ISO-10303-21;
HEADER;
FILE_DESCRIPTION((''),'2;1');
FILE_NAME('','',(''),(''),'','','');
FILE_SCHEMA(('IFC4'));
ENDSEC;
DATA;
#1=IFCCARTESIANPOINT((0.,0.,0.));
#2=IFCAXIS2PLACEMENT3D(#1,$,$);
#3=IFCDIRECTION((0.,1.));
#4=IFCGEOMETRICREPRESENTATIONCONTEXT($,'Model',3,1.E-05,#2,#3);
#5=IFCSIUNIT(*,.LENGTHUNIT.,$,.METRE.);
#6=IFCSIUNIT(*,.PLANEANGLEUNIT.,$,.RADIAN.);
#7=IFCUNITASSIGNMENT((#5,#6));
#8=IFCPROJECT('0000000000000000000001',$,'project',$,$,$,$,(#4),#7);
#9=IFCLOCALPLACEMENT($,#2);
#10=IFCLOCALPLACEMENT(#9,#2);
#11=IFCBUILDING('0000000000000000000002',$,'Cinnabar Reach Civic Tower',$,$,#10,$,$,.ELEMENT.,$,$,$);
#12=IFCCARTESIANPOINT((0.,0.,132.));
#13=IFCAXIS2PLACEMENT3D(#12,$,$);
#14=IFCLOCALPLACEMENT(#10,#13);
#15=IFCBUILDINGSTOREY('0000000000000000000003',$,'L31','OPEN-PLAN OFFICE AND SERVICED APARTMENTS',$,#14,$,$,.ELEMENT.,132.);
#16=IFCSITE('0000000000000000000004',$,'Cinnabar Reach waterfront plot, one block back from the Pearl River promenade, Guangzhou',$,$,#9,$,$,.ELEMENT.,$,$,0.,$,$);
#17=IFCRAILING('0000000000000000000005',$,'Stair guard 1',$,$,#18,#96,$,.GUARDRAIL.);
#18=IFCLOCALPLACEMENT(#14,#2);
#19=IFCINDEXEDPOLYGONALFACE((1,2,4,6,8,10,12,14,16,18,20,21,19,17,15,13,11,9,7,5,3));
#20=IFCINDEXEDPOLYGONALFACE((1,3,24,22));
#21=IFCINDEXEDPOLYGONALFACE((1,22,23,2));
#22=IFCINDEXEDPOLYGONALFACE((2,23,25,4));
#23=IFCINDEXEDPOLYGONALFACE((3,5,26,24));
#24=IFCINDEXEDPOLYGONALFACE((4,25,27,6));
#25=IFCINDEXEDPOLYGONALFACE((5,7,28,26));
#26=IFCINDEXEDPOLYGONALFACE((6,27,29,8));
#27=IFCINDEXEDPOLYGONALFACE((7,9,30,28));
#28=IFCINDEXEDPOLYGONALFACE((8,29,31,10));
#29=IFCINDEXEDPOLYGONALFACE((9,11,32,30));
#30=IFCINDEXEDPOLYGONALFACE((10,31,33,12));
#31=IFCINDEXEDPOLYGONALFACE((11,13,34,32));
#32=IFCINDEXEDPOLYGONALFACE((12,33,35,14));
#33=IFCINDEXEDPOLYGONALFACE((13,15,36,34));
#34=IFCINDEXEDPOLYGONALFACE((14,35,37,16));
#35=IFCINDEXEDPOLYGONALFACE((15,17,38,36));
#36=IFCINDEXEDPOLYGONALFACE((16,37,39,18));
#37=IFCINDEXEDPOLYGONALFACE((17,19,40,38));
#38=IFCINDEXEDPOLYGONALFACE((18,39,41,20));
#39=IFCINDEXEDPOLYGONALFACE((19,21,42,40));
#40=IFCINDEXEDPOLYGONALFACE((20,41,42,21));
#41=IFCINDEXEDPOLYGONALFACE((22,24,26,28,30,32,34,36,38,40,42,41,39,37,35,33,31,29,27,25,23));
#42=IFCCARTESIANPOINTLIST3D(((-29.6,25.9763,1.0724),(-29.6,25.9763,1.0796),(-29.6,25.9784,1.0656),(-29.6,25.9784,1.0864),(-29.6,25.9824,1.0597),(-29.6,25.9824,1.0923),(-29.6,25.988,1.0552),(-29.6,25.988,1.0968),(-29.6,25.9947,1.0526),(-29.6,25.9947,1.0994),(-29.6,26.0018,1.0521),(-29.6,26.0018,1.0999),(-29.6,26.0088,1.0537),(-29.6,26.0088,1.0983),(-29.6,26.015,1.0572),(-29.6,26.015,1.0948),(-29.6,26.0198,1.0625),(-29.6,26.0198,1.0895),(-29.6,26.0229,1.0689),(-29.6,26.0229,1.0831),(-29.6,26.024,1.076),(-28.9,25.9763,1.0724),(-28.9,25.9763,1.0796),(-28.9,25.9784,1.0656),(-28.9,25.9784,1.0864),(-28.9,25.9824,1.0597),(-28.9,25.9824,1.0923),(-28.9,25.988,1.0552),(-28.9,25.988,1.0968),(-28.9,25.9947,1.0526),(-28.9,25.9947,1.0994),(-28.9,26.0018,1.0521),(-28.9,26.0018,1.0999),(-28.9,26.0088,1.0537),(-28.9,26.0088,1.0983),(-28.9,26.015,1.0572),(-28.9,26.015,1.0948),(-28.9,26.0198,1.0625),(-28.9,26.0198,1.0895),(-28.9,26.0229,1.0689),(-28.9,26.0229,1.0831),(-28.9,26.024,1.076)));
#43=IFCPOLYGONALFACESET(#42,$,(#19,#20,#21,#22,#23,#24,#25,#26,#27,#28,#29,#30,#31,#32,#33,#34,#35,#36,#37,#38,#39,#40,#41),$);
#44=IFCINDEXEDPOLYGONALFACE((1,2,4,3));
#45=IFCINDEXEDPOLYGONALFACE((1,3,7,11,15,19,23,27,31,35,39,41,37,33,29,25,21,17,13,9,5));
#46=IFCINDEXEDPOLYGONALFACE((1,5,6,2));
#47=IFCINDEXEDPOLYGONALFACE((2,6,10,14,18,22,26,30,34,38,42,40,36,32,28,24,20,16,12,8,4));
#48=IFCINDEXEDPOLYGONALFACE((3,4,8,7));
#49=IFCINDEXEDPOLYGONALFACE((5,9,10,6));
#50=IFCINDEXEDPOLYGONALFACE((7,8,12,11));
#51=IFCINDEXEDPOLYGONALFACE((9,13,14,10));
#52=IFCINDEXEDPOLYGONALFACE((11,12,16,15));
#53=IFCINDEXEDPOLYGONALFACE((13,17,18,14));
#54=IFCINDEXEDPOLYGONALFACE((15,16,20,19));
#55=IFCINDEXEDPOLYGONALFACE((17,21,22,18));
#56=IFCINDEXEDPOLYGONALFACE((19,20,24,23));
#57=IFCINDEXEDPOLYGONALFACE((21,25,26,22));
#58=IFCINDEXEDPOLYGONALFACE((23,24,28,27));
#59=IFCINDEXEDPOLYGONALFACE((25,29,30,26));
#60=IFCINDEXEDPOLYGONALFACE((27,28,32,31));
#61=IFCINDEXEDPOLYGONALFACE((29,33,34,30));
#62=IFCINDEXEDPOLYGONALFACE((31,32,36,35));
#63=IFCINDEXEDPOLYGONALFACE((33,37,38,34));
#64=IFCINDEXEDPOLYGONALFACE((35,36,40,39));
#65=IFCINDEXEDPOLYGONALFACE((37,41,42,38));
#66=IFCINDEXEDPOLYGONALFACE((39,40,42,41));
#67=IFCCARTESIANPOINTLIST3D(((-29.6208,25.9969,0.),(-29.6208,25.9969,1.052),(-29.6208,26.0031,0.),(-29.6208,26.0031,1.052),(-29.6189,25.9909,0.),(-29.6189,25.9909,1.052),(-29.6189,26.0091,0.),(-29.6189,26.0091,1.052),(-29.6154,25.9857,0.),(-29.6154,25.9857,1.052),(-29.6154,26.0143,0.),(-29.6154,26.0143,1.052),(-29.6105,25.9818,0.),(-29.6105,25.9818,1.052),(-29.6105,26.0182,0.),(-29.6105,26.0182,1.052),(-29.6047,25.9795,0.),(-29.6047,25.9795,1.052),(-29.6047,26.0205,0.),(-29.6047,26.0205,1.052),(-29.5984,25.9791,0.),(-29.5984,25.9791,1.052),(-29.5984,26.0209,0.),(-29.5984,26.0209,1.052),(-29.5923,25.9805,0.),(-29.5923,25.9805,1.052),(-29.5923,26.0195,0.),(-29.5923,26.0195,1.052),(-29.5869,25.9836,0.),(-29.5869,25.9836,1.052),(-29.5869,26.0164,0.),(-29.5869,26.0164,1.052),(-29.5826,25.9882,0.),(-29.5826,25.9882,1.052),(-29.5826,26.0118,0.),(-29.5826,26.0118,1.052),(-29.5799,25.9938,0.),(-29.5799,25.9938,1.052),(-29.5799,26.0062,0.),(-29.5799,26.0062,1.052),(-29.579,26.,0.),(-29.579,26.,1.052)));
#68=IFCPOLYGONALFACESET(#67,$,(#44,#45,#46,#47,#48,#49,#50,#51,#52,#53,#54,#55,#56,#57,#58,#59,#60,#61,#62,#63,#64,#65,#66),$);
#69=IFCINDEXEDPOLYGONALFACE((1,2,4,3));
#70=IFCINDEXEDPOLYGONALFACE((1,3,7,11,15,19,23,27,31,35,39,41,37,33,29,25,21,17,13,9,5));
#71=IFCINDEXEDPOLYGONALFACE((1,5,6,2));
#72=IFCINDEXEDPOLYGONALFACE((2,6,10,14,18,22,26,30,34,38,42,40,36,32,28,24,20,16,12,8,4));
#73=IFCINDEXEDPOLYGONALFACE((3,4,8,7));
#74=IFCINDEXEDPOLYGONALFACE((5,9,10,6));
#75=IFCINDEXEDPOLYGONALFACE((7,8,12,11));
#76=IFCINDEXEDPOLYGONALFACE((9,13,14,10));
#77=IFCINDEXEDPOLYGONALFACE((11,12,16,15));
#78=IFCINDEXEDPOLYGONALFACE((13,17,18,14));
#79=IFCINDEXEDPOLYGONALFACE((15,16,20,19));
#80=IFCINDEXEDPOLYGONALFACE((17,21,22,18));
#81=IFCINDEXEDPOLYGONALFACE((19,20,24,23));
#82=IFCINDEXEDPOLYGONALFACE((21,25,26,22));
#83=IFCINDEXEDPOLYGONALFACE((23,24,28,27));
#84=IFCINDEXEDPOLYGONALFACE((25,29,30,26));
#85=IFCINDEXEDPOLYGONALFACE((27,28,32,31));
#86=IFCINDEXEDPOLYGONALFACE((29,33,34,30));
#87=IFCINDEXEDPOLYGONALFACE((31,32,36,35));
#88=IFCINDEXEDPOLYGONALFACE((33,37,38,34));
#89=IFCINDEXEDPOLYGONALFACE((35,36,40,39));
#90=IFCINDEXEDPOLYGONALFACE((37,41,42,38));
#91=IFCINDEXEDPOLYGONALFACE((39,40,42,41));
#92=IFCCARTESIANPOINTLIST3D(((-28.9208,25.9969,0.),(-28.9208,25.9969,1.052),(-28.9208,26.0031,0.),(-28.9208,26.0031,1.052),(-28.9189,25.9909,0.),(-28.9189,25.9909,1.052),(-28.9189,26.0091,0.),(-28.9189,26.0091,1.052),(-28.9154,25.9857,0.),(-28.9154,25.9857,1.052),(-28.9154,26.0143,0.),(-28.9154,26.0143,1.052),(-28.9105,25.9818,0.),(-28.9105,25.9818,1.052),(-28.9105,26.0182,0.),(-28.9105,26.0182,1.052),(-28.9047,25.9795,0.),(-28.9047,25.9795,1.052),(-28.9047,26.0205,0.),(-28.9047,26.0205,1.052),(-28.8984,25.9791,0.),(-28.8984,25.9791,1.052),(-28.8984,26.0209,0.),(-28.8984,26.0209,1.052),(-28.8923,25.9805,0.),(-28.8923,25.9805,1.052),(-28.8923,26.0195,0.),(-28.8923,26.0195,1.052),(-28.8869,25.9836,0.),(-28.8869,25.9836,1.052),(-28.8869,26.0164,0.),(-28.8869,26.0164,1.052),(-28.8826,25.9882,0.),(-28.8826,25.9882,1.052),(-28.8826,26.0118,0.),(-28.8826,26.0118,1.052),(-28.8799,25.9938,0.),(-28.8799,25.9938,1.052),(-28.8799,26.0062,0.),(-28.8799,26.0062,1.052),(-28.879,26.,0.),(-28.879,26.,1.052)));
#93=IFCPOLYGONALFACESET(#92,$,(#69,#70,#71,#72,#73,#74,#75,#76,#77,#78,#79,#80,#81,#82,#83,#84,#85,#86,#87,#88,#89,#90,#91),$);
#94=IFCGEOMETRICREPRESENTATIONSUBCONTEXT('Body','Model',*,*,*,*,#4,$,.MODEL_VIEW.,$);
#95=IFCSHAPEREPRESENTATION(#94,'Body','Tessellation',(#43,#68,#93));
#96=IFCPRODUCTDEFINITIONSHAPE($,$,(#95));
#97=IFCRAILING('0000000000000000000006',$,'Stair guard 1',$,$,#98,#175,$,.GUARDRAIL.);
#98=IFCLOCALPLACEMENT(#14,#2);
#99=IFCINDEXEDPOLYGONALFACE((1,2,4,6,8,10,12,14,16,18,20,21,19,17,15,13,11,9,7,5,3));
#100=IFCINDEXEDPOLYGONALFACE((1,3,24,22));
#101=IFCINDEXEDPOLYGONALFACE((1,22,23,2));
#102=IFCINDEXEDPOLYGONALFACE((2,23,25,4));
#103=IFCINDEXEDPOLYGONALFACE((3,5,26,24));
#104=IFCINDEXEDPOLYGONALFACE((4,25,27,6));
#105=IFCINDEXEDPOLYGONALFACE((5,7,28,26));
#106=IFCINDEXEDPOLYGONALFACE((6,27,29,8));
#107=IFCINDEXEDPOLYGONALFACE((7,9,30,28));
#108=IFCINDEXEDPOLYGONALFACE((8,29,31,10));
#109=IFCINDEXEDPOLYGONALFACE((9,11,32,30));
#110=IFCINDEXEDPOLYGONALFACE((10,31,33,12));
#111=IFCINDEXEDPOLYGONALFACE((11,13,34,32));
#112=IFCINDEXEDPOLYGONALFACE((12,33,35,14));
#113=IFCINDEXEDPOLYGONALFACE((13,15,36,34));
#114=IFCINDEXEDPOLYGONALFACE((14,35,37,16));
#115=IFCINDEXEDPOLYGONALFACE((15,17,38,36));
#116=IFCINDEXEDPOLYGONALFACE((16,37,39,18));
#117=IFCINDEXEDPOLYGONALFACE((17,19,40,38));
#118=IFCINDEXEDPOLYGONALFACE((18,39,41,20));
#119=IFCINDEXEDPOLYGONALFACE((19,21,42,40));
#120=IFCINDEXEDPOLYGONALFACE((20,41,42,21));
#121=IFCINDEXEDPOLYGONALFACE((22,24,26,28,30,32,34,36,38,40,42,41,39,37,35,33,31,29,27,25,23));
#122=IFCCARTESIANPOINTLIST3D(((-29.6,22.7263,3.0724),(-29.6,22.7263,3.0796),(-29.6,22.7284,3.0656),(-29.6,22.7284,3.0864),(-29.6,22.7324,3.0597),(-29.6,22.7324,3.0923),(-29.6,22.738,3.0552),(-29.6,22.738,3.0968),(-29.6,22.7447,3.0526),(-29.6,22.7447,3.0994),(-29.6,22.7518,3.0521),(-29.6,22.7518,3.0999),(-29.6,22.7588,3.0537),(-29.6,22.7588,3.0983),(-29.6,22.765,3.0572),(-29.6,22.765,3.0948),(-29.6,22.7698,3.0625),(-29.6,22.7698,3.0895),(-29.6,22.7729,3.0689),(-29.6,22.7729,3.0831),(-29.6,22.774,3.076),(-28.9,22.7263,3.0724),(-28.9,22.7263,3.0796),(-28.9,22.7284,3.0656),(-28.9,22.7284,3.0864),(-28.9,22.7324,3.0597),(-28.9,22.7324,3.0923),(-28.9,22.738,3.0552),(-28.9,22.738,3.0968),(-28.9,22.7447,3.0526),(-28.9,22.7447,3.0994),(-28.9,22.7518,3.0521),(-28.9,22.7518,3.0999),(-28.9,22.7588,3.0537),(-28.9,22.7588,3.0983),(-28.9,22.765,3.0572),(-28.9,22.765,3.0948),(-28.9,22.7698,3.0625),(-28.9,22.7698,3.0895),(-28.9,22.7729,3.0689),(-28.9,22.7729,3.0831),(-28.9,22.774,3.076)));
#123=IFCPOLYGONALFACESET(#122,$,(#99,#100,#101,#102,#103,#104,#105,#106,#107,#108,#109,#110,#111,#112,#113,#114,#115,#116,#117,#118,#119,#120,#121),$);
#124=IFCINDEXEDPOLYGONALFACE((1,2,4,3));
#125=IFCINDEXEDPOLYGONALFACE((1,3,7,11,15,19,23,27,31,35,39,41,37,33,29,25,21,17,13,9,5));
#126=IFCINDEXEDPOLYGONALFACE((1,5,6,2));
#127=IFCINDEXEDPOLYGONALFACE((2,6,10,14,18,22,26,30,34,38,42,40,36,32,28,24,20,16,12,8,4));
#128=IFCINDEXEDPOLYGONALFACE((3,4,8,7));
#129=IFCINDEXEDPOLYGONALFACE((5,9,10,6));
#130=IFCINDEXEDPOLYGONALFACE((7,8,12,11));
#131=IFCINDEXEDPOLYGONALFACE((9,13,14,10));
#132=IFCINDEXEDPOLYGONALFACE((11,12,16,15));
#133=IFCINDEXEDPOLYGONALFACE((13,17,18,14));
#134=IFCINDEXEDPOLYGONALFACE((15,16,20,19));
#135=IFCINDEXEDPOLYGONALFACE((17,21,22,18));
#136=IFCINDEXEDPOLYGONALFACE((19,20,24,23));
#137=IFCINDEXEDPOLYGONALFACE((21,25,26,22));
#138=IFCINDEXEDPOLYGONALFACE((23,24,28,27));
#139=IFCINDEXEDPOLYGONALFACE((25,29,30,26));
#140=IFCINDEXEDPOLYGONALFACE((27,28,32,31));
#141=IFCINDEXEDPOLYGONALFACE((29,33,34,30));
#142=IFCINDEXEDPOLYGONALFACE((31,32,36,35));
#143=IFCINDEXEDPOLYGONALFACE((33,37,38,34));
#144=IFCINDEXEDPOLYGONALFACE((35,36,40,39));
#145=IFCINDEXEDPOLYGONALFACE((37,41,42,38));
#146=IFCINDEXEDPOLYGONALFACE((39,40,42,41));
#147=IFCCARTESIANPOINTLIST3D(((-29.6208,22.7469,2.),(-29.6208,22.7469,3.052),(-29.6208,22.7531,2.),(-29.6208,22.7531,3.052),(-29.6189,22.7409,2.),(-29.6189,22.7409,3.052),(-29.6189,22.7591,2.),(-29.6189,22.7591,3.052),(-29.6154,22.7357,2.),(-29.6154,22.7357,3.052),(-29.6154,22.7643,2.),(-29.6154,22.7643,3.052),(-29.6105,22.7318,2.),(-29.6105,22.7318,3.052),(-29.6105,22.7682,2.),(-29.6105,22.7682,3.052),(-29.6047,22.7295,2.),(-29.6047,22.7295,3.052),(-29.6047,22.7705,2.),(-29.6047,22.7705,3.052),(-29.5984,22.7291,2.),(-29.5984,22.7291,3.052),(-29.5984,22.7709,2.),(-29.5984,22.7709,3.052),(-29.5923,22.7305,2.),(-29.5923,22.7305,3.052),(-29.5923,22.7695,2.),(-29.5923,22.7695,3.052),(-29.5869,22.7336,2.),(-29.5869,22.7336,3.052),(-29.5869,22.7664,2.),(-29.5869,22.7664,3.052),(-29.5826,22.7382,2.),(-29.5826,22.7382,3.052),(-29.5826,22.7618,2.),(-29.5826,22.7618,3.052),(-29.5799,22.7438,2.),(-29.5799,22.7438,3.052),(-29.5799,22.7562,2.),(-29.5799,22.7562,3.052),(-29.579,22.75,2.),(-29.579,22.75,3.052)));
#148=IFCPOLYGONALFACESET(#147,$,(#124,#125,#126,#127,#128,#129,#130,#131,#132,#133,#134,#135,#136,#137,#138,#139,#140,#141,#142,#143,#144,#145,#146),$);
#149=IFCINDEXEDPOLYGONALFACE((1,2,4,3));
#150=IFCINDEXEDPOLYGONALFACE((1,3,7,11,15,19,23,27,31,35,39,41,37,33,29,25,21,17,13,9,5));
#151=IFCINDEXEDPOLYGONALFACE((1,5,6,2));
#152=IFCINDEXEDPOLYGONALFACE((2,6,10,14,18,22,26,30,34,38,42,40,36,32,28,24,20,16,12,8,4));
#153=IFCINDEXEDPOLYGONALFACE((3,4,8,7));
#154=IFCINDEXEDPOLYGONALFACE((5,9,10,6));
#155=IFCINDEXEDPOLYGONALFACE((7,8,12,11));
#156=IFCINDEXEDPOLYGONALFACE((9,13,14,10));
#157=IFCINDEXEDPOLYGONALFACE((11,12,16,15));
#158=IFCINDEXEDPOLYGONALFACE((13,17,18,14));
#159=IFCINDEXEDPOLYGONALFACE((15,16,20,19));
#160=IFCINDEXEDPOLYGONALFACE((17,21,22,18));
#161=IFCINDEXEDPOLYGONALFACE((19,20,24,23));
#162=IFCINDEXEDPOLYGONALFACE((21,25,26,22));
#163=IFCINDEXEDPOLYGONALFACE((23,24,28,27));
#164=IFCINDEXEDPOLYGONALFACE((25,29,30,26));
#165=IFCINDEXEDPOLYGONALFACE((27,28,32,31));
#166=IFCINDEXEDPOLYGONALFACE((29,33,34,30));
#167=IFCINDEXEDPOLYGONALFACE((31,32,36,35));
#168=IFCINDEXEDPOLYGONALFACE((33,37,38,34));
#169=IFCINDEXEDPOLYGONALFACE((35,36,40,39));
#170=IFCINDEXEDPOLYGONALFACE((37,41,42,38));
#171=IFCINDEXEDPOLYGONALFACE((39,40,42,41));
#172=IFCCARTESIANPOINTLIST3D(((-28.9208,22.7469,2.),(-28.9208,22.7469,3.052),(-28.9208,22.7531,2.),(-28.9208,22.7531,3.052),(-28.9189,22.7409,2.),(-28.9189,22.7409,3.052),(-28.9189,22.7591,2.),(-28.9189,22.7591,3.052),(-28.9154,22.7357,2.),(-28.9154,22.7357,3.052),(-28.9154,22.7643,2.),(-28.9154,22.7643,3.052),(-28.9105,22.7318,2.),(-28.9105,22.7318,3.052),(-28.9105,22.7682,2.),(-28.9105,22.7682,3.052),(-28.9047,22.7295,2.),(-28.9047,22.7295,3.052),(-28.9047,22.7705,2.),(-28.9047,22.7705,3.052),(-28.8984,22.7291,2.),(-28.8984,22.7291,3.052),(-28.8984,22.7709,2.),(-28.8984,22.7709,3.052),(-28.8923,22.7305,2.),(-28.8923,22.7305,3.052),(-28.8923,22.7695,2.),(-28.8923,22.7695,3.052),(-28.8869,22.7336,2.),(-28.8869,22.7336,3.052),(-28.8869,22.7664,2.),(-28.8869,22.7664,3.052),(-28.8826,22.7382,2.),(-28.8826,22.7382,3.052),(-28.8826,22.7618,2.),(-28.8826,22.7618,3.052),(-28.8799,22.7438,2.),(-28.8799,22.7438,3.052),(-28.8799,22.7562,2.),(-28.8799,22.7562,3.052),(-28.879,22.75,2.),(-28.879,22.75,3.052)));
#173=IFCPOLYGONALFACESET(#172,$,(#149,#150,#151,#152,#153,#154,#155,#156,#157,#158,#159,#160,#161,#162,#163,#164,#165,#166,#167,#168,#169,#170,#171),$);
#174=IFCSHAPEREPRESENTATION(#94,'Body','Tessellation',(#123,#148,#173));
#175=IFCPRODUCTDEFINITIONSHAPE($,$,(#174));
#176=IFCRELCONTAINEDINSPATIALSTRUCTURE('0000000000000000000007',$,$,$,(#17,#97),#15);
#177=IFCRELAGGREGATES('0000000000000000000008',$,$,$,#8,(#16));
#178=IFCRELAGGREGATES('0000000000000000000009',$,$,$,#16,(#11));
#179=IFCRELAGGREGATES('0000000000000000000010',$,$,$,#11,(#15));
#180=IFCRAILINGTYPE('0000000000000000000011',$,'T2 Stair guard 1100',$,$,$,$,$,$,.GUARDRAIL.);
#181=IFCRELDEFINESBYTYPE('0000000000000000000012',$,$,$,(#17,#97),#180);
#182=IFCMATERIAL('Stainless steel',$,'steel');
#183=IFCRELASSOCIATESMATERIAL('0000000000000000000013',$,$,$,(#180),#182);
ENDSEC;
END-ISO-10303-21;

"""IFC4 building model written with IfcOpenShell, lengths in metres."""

from ifc_helpers import new_model, si_unit, direction, frame, origin, origin_2d, place, context, subcontext, project, spatial, circle, extrude, material, type_object, element, save


model = new_model("IFC4")

# Units and contexts
model_context = context("Model", 3, precision=1e-05, world=origin(), true_north=direction((0.0, 1.0)))
body_context = subcontext(model_context, "Body", "Model", "MODEL_VIEW")
ifc_project = project(units=[si_unit("LENGTHUNIT", "METRE"), si_unit("PLANEANGLEUNIT", "RADIAN")], contexts=[model_context])

# Site, building, storey
site_placement = place(None, origin())
site = spatial("IfcSite", under=ifc_project, at=site_placement, Name="Cinnabar Reach waterfront plot, one block back from the Pearl River promenade, Guangzhou", CompositionType="ELEMENT", RefElevation=0.0)
building_placement = place(site_placement, origin())
building = spatial("IfcBuilding", under=site, at=building_placement, Name="Cinnabar Reach Civic Tower", CompositionType="ELEMENT")
storey_placement = place(building_placement, frame((0.0, 0.0, 132.0)))
storey = spatial("IfcBuildingStorey", under=building, at=storey_placement, Name="L31", Description="OPEN-PLAN OFFICE AND SERVICED APARTMENTS", CompositionType="ELEMENT", Elevation=132.0)

# Railings
ifc_material_1 = material(Name="Stainless steel", Category="steel")
railing_type = type_object("IfcRailingType", Name="T2 Stair guard 1100", PredefinedType="GUARDRAIL", material=ifc_material_1)
for number, where, name in (
    (1, (-29.6, 26.0, 0.0), "Stair guard 1"),
    (2, (-29.6, 22.75, 2.0), "Stair guard 1"),
):
    element("IfcRailing", number, at=place(storey_placement, frame(where)), inside=storey, type_object=railing_type, Name=name, PredefinedType="GUARDRAIL", context=body_context, shape_type="SweptSolid", body=[
        extrude(circle(Radius=0.024, at=origin_2d()), frame((0.0, 0.0, 1.076), z_axis=(1.0, 0.0, 0.0), x_axis=(0.0, 1.0, 0.0)), (0.0, 0.0, 1.0), 0.7),
        extrude(circle(Radius=0.021, at=origin_2d()), origin(), (0.0, 0.0, 1.0), 1.052),
        extrude(circle(Radius=0.021, at=origin_2d()), frame((0.7, 0.0, 0.0)), (0.0, 0.0, 1.0), 1.052),
    ])

save(model, "model.ifc")
